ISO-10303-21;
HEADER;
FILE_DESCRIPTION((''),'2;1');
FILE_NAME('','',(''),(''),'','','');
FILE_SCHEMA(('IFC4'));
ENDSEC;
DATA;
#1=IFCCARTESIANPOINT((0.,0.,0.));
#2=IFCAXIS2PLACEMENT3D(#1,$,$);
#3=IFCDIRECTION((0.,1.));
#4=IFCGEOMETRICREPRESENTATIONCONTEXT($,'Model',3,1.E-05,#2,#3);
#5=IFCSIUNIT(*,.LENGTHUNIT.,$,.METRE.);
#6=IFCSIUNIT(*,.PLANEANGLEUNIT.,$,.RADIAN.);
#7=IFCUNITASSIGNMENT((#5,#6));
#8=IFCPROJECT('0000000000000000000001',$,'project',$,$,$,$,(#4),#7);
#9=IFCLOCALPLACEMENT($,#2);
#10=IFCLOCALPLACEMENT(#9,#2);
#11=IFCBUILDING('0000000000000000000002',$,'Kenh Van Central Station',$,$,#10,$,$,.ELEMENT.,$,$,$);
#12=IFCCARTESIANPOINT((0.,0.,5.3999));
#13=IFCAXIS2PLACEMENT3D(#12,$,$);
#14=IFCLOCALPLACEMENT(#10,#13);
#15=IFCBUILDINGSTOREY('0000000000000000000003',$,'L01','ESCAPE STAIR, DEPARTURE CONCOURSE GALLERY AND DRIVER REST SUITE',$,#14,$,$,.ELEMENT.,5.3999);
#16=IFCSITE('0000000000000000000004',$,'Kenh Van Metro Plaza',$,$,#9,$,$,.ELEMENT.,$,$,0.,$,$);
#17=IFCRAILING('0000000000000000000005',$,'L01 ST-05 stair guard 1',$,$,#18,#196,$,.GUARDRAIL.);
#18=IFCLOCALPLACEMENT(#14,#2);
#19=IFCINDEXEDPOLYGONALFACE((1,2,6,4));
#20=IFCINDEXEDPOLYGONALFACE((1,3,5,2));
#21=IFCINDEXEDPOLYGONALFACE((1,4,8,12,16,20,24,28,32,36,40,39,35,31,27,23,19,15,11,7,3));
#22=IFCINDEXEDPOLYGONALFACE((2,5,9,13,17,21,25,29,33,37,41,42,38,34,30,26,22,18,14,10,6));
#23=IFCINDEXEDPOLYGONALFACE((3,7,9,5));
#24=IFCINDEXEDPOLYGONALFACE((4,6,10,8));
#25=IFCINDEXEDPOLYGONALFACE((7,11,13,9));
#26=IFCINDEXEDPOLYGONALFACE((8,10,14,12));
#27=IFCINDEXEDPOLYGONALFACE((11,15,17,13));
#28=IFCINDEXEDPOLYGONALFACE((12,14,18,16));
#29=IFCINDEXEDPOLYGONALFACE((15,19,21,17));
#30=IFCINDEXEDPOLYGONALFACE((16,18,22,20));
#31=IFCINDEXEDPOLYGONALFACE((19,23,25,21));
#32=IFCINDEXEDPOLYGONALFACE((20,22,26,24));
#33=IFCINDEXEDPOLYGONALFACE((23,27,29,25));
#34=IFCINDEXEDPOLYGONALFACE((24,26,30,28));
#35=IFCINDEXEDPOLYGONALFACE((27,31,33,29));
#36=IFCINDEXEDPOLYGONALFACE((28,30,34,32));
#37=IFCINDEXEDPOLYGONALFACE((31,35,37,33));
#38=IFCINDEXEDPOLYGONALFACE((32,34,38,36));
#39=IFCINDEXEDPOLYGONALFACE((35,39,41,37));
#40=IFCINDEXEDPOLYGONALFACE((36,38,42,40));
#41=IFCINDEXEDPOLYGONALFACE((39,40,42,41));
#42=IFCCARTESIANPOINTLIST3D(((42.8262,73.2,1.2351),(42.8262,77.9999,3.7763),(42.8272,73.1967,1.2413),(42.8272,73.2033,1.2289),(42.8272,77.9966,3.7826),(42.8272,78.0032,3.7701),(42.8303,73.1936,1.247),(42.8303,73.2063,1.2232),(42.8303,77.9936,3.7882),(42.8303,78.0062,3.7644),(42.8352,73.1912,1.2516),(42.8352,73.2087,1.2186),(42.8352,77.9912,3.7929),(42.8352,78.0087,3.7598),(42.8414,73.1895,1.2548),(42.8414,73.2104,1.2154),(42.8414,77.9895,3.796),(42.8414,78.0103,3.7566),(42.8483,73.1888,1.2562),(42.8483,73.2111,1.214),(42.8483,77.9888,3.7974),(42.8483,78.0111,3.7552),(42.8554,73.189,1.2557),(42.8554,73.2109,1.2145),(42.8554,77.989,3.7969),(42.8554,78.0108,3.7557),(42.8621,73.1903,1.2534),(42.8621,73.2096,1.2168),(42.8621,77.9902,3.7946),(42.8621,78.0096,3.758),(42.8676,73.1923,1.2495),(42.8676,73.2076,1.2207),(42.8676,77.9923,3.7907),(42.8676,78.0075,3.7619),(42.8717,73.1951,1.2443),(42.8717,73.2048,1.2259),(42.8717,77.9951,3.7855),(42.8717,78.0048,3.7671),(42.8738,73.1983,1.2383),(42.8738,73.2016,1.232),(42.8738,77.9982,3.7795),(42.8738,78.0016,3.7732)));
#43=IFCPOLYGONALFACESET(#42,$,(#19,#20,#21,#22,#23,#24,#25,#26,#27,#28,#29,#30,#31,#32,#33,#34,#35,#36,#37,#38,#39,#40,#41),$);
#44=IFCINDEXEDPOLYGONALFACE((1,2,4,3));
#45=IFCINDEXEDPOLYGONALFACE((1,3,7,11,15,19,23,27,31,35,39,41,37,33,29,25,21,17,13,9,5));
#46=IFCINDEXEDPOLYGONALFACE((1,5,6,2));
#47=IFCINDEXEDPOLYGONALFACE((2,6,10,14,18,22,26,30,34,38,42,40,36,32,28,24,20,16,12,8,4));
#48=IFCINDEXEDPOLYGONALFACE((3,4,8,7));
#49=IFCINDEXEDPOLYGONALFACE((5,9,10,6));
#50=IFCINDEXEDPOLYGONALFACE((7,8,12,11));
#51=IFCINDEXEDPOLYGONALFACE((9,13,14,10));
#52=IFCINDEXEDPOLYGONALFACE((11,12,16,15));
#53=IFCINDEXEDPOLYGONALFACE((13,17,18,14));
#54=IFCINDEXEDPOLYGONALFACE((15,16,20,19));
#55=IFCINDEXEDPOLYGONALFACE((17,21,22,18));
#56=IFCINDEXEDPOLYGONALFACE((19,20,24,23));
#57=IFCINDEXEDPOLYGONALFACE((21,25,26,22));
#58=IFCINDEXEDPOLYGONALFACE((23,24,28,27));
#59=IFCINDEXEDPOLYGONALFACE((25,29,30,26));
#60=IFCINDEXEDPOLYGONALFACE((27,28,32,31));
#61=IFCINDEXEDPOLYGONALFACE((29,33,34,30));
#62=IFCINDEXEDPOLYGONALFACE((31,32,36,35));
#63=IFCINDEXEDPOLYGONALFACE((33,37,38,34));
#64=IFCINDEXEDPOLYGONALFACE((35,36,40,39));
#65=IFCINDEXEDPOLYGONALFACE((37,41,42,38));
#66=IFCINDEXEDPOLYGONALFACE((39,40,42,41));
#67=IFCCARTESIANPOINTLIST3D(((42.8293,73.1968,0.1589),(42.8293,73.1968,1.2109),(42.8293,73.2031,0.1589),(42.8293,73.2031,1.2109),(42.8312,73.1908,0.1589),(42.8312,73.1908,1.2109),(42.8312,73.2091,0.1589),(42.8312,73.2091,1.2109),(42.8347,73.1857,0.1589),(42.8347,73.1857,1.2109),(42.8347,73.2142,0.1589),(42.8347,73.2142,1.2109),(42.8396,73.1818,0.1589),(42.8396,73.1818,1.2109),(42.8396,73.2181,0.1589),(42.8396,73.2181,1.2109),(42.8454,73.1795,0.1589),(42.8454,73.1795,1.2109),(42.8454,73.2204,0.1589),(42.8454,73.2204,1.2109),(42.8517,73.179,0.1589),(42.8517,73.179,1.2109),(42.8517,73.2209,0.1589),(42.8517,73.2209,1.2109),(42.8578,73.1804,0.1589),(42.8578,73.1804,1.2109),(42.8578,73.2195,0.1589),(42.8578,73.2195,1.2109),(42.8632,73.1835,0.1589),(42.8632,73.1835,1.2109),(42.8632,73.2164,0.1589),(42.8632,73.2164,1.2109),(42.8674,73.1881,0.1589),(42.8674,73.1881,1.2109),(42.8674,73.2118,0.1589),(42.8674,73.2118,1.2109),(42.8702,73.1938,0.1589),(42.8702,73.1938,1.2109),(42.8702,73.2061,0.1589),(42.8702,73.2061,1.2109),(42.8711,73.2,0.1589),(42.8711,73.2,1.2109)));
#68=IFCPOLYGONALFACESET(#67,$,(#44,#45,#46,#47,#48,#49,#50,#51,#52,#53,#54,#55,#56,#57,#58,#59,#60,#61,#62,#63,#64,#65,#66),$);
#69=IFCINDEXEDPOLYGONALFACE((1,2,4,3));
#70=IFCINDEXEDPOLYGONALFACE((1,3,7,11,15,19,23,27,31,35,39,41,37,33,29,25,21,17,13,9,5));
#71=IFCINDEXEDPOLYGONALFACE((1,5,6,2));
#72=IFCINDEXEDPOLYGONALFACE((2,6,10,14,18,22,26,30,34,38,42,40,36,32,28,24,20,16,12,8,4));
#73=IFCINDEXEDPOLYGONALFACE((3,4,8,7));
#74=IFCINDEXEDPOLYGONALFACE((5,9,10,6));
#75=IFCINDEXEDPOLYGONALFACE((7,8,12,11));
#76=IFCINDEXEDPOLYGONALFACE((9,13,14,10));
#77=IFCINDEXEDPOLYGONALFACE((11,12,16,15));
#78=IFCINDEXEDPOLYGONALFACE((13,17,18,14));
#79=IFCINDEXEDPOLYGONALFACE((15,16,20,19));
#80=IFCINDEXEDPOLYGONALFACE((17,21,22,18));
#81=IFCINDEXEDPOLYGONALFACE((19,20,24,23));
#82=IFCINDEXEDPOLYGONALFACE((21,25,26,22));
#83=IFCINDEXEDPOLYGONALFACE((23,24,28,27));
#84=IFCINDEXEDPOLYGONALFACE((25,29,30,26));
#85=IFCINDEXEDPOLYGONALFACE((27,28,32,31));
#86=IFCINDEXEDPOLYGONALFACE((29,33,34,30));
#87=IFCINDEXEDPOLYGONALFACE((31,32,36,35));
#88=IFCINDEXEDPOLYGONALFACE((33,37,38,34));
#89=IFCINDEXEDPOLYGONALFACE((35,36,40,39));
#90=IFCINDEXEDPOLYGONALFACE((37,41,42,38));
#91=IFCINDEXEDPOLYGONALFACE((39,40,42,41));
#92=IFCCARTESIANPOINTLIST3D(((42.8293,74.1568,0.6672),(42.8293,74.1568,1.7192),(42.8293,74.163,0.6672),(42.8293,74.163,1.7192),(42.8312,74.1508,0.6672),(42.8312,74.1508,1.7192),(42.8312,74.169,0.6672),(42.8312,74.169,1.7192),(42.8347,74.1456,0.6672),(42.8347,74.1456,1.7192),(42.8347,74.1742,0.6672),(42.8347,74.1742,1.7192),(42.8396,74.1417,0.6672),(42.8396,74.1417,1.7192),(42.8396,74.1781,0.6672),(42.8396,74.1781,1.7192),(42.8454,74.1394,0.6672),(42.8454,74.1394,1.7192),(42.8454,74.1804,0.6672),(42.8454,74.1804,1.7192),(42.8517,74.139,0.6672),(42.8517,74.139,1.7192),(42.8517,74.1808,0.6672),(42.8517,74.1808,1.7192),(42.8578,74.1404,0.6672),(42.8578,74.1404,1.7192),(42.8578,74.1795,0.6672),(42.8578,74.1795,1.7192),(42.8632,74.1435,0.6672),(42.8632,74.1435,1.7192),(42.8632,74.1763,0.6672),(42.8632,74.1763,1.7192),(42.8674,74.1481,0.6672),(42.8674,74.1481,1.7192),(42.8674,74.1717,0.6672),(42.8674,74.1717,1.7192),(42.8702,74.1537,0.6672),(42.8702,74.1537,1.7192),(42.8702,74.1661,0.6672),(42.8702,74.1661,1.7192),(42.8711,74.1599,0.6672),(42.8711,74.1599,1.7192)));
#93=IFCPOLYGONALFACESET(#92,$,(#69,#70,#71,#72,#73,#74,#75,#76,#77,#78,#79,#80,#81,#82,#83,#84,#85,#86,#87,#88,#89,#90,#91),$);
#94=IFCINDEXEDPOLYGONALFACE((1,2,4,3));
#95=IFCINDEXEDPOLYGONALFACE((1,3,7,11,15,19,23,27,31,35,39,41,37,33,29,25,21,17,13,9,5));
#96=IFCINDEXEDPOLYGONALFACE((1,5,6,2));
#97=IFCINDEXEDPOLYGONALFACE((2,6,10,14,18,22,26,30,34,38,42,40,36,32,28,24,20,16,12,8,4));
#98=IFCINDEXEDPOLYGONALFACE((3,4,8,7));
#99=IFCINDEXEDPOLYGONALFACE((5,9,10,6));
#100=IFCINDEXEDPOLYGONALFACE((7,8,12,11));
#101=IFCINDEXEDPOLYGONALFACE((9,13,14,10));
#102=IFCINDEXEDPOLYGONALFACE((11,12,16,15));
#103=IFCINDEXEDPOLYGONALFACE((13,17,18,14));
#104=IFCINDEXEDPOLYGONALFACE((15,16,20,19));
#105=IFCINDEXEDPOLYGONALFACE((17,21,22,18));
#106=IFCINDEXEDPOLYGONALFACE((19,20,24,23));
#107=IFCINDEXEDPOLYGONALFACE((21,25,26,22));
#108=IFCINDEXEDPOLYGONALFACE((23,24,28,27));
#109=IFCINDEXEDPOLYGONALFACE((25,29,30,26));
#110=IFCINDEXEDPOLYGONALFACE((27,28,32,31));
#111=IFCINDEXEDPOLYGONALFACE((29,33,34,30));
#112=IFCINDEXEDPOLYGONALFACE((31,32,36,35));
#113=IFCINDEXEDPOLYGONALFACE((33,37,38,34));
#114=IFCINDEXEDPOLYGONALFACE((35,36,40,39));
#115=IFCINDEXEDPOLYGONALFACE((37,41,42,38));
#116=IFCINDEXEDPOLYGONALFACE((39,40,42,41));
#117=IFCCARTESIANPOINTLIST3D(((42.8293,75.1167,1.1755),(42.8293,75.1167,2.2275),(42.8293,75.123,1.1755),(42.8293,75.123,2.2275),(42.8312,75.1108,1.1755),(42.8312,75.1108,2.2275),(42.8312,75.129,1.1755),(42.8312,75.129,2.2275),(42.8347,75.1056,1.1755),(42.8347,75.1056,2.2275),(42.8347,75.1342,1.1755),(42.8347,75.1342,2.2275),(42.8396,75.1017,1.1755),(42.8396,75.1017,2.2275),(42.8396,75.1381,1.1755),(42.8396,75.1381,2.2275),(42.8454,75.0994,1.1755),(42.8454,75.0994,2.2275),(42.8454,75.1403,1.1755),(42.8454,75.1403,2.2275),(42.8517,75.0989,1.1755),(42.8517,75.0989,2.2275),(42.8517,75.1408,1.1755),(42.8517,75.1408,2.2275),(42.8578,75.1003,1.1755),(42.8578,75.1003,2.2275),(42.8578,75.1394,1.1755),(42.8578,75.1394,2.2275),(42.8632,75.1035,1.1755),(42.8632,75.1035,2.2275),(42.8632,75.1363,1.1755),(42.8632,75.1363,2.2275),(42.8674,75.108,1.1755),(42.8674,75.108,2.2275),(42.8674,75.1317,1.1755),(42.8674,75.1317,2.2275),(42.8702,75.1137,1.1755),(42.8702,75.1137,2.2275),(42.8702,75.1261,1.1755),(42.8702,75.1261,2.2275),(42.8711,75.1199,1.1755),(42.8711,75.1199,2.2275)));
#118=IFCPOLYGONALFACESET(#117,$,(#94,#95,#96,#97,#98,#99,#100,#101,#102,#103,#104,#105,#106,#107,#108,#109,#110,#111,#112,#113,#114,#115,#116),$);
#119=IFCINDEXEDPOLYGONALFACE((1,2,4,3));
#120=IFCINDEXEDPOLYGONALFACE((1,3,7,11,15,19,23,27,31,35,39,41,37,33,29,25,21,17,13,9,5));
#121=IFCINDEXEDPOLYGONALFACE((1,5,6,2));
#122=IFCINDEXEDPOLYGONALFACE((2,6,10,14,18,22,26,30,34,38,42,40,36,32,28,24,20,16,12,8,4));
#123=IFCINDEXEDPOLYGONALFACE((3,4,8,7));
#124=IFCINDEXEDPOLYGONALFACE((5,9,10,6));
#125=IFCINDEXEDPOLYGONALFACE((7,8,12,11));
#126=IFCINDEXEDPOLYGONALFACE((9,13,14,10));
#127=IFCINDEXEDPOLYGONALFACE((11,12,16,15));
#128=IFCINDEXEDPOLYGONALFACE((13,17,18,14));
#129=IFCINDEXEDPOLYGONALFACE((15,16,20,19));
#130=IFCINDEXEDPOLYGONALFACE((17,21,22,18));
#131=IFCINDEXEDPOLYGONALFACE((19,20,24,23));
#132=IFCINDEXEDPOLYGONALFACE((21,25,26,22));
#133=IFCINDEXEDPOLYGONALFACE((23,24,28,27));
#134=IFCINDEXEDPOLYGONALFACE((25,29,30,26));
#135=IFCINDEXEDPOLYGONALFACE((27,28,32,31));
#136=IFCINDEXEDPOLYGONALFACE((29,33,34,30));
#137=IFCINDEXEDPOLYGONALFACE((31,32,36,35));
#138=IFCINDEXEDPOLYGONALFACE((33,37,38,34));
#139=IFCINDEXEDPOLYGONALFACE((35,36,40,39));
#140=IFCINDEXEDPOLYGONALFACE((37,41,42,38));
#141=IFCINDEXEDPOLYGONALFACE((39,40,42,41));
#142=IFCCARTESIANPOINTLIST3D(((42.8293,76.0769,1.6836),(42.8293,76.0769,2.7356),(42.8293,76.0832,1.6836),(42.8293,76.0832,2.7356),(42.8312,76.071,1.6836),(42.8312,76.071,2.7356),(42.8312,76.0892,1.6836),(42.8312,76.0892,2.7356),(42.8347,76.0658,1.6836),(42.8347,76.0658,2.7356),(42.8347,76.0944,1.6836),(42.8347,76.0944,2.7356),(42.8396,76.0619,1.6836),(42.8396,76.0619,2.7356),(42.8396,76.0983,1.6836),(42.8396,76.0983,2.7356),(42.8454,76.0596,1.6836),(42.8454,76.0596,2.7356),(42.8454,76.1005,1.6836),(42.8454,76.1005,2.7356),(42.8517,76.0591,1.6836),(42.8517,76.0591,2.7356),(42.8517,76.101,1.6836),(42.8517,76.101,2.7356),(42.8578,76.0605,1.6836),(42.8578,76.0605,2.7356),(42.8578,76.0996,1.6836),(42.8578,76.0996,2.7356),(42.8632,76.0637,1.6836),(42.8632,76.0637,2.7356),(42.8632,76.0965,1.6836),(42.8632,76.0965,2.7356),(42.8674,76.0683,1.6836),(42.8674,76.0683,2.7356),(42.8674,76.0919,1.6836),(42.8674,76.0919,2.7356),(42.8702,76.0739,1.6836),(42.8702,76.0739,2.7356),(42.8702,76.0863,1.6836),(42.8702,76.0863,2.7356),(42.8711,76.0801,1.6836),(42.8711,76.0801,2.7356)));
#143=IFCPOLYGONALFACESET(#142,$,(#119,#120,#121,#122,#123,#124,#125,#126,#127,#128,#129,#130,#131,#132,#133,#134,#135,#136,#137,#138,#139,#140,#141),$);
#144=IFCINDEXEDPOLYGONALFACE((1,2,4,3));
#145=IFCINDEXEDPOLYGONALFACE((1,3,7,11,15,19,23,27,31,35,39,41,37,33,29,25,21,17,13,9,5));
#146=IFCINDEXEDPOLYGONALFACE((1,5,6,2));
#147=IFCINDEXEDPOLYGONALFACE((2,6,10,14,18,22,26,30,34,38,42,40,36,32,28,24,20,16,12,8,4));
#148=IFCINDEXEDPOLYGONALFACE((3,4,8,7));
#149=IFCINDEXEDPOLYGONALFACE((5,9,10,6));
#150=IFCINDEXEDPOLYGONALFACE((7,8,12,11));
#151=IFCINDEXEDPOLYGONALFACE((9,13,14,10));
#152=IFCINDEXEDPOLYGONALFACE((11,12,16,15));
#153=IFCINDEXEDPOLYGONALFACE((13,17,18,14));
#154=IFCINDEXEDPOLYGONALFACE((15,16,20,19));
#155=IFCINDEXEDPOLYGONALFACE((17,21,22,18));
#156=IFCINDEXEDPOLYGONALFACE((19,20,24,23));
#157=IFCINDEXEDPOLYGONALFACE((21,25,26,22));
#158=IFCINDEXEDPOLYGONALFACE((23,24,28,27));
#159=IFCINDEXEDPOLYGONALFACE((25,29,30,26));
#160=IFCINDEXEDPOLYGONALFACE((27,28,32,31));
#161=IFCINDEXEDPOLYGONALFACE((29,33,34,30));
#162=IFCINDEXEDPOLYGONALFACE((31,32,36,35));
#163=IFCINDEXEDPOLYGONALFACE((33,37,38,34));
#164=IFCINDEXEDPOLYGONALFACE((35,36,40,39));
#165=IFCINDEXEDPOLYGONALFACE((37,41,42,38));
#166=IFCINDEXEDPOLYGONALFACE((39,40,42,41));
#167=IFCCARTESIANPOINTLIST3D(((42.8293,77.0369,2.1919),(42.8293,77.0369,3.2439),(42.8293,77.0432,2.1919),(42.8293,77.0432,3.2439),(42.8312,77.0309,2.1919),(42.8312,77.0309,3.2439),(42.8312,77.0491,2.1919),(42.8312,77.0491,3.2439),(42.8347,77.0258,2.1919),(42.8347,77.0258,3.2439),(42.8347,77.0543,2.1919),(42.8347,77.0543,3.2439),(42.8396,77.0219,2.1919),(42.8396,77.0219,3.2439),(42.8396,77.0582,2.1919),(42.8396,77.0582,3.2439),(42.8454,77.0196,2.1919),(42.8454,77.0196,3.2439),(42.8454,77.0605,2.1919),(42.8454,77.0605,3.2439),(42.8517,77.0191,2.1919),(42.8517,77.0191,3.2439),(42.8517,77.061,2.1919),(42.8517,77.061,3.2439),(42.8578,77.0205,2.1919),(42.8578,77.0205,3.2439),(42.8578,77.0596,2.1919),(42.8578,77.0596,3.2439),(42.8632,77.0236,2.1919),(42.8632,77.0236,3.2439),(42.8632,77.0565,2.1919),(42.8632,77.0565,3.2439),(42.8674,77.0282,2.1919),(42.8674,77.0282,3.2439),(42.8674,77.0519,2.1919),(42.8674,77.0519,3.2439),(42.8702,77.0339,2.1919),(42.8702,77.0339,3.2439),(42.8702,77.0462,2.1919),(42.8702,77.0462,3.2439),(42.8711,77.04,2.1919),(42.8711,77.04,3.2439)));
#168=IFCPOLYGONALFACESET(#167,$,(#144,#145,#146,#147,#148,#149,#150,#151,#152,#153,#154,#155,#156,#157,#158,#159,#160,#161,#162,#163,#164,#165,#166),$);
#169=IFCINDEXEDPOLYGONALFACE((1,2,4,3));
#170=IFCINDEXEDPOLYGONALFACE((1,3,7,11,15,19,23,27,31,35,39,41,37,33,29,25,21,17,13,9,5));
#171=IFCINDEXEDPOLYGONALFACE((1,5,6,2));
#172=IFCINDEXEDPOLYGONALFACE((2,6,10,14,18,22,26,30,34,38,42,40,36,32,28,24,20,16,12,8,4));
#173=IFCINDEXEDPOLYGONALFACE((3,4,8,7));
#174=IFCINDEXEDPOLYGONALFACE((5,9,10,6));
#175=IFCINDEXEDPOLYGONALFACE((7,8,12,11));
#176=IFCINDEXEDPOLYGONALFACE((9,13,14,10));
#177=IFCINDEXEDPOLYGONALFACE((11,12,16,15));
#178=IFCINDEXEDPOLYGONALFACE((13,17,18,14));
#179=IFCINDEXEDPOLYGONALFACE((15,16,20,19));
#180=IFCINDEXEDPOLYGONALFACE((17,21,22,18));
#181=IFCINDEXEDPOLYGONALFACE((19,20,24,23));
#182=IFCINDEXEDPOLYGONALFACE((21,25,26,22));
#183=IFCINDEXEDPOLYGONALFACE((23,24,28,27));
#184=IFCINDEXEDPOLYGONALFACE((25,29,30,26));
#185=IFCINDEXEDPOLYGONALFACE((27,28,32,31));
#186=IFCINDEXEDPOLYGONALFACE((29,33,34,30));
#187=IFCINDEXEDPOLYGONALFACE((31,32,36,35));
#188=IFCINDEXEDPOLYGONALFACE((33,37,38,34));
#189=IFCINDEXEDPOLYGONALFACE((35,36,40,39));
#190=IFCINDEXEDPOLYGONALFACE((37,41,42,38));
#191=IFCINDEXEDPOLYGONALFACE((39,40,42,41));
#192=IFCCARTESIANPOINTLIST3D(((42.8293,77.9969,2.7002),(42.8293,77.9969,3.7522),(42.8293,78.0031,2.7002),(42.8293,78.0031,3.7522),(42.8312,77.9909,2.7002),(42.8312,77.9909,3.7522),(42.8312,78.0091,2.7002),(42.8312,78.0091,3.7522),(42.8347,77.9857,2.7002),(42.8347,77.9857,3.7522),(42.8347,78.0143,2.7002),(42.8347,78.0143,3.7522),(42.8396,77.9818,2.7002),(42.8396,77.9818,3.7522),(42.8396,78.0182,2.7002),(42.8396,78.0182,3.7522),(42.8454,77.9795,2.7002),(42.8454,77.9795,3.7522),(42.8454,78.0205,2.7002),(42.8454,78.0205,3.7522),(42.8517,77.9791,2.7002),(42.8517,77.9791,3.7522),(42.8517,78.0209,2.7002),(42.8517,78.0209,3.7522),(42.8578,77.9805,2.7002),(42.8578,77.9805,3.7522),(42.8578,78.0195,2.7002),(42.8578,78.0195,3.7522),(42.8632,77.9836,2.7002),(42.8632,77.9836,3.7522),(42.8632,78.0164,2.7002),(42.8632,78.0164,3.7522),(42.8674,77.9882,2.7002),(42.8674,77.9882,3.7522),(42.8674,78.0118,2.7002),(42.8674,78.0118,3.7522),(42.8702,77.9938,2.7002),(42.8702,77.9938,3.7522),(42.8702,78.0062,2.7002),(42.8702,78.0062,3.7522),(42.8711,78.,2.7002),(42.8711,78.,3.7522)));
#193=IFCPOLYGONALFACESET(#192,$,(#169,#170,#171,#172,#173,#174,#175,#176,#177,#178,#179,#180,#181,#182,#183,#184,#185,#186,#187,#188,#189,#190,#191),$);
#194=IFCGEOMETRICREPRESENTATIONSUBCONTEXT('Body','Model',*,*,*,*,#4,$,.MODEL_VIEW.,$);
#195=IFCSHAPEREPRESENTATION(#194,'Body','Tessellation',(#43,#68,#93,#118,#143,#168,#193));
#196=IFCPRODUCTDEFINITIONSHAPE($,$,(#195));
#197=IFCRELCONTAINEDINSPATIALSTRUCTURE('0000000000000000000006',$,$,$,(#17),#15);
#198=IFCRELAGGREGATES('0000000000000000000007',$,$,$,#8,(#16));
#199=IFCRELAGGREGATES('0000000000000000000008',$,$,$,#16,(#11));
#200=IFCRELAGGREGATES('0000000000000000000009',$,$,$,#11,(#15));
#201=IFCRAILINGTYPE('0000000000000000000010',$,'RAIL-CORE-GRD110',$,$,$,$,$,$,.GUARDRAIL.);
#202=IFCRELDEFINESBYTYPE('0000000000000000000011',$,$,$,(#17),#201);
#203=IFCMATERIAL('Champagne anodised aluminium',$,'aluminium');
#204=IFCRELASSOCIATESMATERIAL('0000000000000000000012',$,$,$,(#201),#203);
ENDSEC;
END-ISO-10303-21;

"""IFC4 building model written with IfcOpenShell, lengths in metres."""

from ifc_helpers import new_model, si_unit, direction, frame, origin, origin_2d, place, context, subcontext, project, spatial, circle, extrude, material, type_object, element, save


model = new_model("IFC4")

# Units and contexts
model_context = context("Model", 3, precision=1e-05, world=origin(), true_north=direction((0.0, 1.0)))
body_context = subcontext(model_context, "Body", "Model", "MODEL_VIEW")
ifc_project = project(units=[si_unit("LENGTHUNIT", "METRE"), si_unit("PLANEANGLEUNIT", "RADIAN")], contexts=[model_context])

# Site, building, storey
site_placement = place(None, origin())
site = spatial("IfcSite", under=ifc_project, at=site_placement, Name="Kenh Van Metro Plaza", CompositionType="ELEMENT", RefElevation=0.0)
building_placement = place(site_placement, origin())
building = spatial("IfcBuilding", under=site, at=building_placement, Name="Kenh Van Central Station", CompositionType="ELEMENT")
storey_placement = place(building_placement, frame((0.0, 0.0, 5.3999)))
storey = spatial("IfcBuildingStorey", under=building, at=storey_placement, Name="L01", Description="ESCAPE STAIR, DEPARTURE CONCOURSE GALLERY AND DRIVER REST SUITE", CompositionType="ELEMENT", Elevation=5.3999)

# Shared definitions
ifc_material_1 = material(Name="Champagne anodised aluminium", Category="aluminium")

# Railing
railing_type_1 = type_object("IfcRailingType", Name="RAIL-CORE-GRD110", PredefinedType="GUARDRAIL", material=ifc_material_1)
railing_1_placement = place(storey_placement, frame((42.8501, 73.2, 0.1589)))
element("IfcRailing", 1, at=railing_1_placement, inside=storey, type_object=railing_type_1, Name="L01 ST-05 stair guard 1", PredefinedType="GUARDRAIL", context=body_context, shape_type="SweptSolid", body=[
    extrude(circle(Radius=0.0239, at=origin_2d()), frame((0.0, 0.0, 1.0762), z_axis=(0.0, 0.883784, 0.467896), x_axis=(-1.0, 0.0, 0.0)), (0.0, 0.0, 1.0), 5.4312),
    extrude(circle(Radius=0.021, at=origin_2d()), origin(), (0.0, 0.0, 1.0), 1.052),
    extrude(circle(Radius=0.021, at=origin_2d()), frame((0.0, 0.96, 0.5083)), (0.0, 0.0, 1.0), 1.052),
    extrude(circle(Radius=0.021, at=origin_2d()), frame((0.0, 1.9199, 1.0166)), (0.0, 0.0, 1.0), 1.052),
    extrude(circle(Radius=0.021, at=origin_2d()), frame((0.0, 2.8801, 1.5247)), (0.0, 0.0, 1.0), 1.052),
    extrude(circle(Radius=0.021, at=origin_2d()), frame((0.0, 3.8401, 2.033)), (0.0, 0.0, 1.0), 1.052),
    extrude(circle(Radius=0.021, at=origin_2d()), frame((0.0, 4.8, 2.5413)), (0.0, 0.0, 1.0), 1.052),
])

save(model, "model.ifc")
